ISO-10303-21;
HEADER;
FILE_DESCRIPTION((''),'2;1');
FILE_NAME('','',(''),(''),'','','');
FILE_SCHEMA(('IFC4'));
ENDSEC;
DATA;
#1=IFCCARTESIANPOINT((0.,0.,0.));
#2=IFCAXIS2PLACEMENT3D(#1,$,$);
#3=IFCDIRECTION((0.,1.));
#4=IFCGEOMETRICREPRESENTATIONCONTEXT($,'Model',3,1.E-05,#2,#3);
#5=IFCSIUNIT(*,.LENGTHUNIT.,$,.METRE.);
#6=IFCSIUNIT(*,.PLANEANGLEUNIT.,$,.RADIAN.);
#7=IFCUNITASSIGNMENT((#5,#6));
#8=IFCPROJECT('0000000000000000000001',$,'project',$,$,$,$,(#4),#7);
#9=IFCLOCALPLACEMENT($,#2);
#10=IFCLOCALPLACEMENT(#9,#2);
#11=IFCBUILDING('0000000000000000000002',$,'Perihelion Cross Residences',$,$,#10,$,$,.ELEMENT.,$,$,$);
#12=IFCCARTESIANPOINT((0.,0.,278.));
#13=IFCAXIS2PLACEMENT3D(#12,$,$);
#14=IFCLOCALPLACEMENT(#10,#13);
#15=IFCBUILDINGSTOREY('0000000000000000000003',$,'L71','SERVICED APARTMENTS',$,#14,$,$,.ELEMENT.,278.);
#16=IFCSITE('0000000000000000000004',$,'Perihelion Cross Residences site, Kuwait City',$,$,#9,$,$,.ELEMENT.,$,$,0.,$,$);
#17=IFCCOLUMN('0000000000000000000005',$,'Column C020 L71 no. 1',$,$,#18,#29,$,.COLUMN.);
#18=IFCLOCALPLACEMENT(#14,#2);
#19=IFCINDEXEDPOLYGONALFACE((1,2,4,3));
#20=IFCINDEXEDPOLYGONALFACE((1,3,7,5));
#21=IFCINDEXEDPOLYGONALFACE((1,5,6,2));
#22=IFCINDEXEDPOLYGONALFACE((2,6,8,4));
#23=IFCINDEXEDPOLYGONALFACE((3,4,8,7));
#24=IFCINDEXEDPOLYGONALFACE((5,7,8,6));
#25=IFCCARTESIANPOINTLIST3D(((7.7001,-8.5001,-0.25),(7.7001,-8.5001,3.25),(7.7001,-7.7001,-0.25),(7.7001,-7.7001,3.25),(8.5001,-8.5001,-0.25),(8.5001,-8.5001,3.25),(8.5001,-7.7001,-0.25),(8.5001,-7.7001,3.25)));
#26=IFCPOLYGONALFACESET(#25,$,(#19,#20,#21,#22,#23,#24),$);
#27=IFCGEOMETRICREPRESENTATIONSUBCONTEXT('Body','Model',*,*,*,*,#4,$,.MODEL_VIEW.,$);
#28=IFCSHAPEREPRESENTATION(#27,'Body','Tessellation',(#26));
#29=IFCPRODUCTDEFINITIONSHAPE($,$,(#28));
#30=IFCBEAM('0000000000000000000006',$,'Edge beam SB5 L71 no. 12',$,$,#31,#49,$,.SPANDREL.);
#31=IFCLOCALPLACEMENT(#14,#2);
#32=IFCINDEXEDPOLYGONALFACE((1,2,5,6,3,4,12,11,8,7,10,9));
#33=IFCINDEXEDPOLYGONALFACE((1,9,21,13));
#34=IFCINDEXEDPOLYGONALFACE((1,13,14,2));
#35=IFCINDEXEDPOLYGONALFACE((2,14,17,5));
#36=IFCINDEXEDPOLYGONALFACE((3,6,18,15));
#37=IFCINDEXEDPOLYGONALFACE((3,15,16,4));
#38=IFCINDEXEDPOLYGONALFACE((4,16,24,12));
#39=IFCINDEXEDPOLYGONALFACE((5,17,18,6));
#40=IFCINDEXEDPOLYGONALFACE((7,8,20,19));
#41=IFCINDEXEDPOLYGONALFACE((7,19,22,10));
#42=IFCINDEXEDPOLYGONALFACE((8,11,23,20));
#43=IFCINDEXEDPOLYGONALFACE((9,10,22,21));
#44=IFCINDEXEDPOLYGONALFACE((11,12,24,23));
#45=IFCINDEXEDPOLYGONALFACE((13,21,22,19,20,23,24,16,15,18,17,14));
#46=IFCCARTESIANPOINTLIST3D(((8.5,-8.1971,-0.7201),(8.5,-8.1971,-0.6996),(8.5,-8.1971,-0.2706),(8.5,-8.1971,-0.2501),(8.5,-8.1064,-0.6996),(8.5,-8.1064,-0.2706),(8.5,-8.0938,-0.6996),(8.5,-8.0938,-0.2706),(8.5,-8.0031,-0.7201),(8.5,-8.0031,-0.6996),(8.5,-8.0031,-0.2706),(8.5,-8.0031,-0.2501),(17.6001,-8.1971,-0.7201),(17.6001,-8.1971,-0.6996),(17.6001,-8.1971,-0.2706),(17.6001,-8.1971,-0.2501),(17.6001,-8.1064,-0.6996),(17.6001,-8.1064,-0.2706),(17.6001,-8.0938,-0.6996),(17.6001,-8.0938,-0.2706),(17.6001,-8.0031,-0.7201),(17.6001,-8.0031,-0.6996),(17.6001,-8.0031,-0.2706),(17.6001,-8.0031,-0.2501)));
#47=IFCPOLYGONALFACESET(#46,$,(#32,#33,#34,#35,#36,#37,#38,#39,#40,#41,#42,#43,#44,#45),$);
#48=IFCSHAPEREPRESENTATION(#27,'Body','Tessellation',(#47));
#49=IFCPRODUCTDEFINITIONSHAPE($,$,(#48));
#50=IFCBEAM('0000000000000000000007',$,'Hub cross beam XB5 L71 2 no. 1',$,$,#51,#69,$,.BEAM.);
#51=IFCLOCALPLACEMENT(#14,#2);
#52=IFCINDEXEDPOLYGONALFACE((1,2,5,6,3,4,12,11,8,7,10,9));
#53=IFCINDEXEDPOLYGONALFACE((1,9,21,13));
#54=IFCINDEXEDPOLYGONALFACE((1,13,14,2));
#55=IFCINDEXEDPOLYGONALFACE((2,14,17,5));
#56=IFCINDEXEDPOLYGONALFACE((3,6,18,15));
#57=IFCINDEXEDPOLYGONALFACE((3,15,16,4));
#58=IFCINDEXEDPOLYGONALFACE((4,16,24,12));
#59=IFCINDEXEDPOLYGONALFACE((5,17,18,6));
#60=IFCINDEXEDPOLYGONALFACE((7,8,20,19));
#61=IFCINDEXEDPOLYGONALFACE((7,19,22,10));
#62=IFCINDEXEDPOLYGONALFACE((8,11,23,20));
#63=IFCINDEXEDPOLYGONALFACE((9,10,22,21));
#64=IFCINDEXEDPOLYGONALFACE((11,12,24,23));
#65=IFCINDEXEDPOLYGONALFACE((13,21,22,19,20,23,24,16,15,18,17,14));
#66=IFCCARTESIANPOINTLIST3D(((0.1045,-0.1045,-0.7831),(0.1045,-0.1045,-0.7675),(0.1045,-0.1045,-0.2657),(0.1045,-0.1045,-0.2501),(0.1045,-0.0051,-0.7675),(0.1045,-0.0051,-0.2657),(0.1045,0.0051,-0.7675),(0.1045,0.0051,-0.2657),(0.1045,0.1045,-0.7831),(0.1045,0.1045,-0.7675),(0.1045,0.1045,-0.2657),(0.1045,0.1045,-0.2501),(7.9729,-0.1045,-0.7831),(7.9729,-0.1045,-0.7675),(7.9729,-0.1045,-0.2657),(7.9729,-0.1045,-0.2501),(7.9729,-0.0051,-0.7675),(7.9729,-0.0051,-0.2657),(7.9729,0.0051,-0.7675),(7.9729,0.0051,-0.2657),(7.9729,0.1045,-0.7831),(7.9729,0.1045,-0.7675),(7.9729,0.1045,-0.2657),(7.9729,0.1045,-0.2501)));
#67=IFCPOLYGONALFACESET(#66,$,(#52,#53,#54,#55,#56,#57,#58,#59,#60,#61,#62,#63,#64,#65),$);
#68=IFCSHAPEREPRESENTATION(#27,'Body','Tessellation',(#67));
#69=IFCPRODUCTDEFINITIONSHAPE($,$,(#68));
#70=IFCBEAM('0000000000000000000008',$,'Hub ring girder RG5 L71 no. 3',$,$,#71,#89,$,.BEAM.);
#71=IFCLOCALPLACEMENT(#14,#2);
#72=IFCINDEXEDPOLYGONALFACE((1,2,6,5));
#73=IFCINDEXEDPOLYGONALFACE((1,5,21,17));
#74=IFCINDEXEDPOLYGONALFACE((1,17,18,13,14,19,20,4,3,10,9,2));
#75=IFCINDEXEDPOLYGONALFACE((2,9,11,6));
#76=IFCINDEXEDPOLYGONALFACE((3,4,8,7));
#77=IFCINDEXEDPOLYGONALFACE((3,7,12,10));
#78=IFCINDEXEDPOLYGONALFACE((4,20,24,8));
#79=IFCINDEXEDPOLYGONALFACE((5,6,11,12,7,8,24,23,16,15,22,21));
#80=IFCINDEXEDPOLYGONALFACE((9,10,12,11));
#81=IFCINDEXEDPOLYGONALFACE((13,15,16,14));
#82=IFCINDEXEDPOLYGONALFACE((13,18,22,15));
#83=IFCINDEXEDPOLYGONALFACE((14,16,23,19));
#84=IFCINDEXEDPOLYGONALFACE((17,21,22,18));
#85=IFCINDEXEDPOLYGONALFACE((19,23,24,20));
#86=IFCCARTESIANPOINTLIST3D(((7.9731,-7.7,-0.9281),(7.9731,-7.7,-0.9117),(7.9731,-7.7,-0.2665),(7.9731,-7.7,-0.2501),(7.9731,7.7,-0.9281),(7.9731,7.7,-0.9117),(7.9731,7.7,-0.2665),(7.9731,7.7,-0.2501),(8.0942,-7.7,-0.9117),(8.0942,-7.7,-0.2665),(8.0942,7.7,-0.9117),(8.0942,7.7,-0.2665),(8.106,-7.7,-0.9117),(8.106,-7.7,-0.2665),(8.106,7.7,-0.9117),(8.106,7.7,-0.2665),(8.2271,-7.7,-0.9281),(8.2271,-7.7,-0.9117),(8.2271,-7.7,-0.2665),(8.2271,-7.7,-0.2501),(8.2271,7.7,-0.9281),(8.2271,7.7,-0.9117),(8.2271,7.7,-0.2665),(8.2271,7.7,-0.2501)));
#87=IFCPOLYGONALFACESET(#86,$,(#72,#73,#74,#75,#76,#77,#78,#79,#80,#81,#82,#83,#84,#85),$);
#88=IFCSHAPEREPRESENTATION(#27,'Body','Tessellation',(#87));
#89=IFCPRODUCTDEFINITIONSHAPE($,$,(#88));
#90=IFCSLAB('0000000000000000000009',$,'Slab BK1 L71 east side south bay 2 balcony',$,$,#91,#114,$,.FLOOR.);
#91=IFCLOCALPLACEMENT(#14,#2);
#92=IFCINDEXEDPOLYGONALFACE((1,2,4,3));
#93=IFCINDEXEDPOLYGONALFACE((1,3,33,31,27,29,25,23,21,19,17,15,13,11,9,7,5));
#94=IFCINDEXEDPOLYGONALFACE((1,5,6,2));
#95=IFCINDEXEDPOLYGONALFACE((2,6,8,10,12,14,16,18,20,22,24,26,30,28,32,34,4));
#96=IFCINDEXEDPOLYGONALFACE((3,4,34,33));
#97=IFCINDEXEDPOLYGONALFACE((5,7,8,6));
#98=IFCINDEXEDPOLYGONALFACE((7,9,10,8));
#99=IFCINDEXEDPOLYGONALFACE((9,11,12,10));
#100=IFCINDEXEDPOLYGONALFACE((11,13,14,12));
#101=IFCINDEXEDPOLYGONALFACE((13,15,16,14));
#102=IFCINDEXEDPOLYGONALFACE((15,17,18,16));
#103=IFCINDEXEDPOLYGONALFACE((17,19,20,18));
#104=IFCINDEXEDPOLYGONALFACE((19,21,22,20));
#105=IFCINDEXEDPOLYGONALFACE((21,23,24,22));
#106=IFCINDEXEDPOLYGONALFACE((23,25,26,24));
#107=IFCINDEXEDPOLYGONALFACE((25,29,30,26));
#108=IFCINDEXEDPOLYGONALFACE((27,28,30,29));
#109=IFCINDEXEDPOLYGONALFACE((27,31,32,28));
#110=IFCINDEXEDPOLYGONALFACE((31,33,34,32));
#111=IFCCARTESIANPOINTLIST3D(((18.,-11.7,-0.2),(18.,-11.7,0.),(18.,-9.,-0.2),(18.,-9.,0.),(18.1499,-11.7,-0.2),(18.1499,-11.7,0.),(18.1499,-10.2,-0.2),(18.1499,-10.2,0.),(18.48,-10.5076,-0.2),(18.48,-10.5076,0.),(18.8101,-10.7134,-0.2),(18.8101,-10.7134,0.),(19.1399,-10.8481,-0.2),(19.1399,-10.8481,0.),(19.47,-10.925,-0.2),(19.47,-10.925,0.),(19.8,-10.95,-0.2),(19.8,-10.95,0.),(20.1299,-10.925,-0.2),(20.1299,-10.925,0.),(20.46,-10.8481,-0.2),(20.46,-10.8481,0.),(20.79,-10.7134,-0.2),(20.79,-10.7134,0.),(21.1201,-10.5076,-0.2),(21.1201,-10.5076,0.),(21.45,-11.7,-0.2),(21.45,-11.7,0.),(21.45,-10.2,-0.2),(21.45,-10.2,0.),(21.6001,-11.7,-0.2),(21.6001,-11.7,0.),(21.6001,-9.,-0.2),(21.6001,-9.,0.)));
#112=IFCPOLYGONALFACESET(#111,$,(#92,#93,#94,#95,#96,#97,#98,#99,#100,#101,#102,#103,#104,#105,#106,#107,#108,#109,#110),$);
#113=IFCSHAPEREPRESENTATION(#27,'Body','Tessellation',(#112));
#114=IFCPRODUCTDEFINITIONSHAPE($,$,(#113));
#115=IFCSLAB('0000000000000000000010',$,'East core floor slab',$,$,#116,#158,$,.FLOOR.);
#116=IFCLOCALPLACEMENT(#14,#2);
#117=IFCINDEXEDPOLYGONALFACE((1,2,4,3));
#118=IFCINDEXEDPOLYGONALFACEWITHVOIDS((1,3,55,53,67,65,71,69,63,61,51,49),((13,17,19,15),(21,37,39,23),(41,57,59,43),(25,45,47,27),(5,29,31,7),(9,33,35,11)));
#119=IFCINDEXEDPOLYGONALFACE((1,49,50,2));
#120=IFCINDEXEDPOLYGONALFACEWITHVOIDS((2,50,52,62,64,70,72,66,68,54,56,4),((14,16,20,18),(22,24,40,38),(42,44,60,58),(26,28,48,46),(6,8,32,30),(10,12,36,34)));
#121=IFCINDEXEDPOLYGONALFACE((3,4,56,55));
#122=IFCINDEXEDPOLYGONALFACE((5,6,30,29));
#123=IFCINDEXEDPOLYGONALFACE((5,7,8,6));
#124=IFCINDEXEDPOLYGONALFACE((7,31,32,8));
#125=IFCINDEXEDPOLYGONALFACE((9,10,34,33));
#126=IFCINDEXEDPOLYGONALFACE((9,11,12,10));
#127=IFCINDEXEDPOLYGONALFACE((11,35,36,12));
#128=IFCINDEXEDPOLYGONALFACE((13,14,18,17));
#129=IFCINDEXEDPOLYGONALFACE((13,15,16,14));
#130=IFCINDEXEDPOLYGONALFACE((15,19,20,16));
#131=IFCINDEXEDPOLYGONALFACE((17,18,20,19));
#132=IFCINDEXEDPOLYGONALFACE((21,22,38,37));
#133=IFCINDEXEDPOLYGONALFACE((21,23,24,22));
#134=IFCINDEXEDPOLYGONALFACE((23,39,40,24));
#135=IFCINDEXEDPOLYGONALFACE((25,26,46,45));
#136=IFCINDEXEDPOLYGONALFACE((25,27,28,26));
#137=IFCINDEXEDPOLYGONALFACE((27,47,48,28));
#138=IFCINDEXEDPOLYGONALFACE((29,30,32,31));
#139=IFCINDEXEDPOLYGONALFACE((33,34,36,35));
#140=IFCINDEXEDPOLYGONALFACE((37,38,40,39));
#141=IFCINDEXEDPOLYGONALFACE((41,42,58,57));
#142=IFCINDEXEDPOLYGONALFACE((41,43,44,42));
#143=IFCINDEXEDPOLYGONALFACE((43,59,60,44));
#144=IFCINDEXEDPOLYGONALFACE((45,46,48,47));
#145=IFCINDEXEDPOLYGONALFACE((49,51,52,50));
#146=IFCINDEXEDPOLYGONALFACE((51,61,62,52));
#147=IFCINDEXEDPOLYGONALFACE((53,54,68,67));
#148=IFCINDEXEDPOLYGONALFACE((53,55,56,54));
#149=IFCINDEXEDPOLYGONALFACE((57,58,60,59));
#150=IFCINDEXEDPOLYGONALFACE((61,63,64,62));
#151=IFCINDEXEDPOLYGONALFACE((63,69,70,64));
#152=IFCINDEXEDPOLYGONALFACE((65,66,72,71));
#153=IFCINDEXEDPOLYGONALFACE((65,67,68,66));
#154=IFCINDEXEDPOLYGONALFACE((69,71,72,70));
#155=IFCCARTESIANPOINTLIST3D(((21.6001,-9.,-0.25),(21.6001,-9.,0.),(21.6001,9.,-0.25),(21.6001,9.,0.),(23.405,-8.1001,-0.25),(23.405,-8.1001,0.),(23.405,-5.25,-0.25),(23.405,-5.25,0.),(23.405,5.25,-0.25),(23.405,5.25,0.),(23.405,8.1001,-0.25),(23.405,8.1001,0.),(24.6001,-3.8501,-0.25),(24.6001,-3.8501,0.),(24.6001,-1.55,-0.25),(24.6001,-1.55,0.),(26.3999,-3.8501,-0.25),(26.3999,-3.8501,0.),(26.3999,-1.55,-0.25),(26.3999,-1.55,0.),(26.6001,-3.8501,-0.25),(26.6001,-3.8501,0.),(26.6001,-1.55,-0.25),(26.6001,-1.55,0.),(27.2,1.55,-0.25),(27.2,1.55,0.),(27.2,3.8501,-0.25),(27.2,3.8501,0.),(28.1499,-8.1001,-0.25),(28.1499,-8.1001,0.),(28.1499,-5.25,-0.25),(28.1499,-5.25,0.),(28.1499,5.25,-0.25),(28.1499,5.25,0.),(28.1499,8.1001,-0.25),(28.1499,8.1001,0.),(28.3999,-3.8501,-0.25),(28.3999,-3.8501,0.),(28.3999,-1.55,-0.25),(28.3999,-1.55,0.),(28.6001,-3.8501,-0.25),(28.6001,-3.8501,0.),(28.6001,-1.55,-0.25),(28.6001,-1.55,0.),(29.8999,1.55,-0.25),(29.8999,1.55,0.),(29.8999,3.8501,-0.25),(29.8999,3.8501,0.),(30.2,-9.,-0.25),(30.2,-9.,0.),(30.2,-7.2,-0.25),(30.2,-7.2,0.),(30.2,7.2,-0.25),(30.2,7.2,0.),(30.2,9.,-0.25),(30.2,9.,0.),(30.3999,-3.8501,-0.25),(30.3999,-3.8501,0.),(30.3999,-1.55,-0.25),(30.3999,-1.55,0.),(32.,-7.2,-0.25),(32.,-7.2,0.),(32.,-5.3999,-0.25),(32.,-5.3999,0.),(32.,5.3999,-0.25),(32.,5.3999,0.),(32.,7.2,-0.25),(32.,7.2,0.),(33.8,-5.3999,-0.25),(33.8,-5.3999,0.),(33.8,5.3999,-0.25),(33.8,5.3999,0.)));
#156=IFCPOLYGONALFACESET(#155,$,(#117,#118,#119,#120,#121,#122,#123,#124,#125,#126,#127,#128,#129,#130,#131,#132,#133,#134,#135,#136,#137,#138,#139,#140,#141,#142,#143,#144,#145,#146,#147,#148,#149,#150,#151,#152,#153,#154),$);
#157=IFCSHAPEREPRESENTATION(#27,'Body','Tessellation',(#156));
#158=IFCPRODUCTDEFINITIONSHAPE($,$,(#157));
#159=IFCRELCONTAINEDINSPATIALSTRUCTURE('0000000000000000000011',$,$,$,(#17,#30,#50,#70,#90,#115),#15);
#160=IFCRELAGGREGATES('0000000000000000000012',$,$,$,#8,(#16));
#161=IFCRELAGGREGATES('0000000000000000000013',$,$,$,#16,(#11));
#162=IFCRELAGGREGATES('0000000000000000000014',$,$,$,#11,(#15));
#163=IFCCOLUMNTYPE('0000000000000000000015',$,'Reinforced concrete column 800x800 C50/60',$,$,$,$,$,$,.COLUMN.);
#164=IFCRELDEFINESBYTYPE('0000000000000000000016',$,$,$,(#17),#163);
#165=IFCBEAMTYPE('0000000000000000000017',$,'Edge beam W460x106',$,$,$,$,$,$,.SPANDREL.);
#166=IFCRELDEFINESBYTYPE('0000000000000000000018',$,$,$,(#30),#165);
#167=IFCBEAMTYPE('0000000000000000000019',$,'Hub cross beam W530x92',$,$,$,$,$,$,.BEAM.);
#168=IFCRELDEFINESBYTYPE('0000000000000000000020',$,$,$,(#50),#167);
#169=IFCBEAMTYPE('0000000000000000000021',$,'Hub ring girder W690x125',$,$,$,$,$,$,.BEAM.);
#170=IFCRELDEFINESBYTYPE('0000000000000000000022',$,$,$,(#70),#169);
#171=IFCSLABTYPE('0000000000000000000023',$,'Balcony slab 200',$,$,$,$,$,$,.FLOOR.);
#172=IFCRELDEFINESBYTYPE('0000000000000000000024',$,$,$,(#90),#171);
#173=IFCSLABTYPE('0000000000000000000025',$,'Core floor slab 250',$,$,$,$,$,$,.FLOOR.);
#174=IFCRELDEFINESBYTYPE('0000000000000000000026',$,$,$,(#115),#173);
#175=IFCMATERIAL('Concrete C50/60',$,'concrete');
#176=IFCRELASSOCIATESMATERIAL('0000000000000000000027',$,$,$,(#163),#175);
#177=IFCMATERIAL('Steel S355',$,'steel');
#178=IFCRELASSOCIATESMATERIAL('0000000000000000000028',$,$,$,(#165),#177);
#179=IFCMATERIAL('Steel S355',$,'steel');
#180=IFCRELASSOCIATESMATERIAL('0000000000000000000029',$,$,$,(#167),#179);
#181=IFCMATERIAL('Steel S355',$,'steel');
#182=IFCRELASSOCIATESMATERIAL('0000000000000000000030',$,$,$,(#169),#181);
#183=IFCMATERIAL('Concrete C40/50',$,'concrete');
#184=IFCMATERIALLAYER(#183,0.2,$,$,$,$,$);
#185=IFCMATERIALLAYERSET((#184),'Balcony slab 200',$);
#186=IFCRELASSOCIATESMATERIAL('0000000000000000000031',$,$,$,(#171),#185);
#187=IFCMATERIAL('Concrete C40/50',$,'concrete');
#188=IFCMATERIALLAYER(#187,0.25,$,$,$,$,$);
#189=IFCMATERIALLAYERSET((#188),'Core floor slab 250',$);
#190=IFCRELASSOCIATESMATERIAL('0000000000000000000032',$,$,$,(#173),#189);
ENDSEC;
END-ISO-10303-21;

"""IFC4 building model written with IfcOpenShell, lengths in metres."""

from ifc_helpers import new_model, si_unit, direction, frame, origin, origin_2d, place, context, subcontext, project, spatial, polyline, rectangle, i_section, outline, extrude, material, layer, layer_set, material_profile, profile_set, type_object, element, save


model = new_model("IFC4")

# Units and contexts
model_context = context("Model", 3, precision=1e-05, world=origin(), true_north=direction((0.0, 1.0)))
body_context = subcontext(model_context, "Body", "Model", "MODEL_VIEW")
ifc_project = project(units=[si_unit("LENGTHUNIT", "METRE"), si_unit("PLANEANGLEUNIT", "RADIAN")], contexts=[model_context])

# Site, building, storey
site_placement = place(None, origin())
site = spatial("IfcSite", under=ifc_project, at=site_placement, Name="Perihelion Cross Residences site, Kuwait City", CompositionType="ELEMENT", RefElevation=0.0)
building_placement = place(site_placement, origin())
building = spatial("IfcBuilding", under=site, at=building_placement, Name="Perihelion Cross Residences", CompositionType="ELEMENT")
storey_placement = place(building_placement, frame((0.0, 0.0, 278.0)))
storey = spatial("IfcBuildingStorey", under=building, at=storey_placement, Name="L71", Description="SERVICED APARTMENTS", CompositionType="ELEMENT", Elevation=278.0)

# Column
ifc_material_1 = material(Name="Concrete C50/60", Category="concrete")
ifc_material_profile_1 = material_profile(ifc_material_1, rectangle(XDim=0.8, YDim=0.8, at=origin_2d()), Name="RC 800x800")
ifc_profile_set_1 = profile_set([ifc_material_profile_1], Name="Concrete C50/60")
column_type = type_object("IfcColumnType", Name="Reinforced concrete column 800x800 C50/60", PredefinedType="COLUMN", material=ifc_profile_set_1)
column_placement = place(storey_placement, frame((8.1001, -8.1001, -0.25), z_axis=(0.0, 0.0, 1.0), x_axis=(1.0, 0.0, 0.0)))
element("IfcColumn", 1, at=column_placement, inside=storey, type_object=column_type, Name="Column C020 L71 no. 1", PredefinedType="COLUMN", context=body_context, shape_type="SweptSolid", body=[
    extrude(rectangle(XDim=0.8, YDim=0.8, at=origin_2d()), origin(), (0.0, 0.0, 1.0), 3.5),
])

# Beams
ifc_material_2 = material(Name="Steel S355", Category="steel")
ifc_material_profile_2 = material_profile(ifc_material_2, i_section(OverallWidth=0.1941, OverallDepth=0.47, WebThickness=0.0127, FlangeThickness=0.0205, at=origin_2d()), Name="W460x106")
ifc_profile_set_2 = profile_set([ifc_material_profile_2], Name="Steel S355")
beam_type_1 = type_object("IfcBeamType", Name="Edge beam W460x106", PredefinedType="SPANDREL", material=ifc_profile_set_2)
beam_1_placement = place(storey_placement, frame((8.5, -8.1001, -0.4851), z_axis=(1.0, 0.0, 0.0), x_axis=(0.0, 1.0, 0.0)))
element("IfcBeam", 2, at=beam_1_placement, inside=storey, type_object=beam_type_1, Name="Edge beam SB5 L71 no. 12", PredefinedType="SPANDREL", context=body_context, shape_type="SweptSolid", body=[
    extrude(i_section(OverallWidth=0.1941, OverallDepth=0.47, WebThickness=0.0127, FlangeThickness=0.0205, at=origin_2d()), origin(), (0.0, 0.0, 1.0), 9.1001),
])
ifc_material_3 = material(Name="Steel S355", Category="steel")
ifc_material_profile_3 = material_profile(ifc_material_3, i_section(OverallWidth=0.209, OverallDepth=0.533, WebThickness=0.0103, FlangeThickness=0.0156, at=origin_2d()), Name="W530x92")
ifc_profile_set_3 = profile_set([ifc_material_profile_3], Name="Steel S355")
beam_type_2 = type_object("IfcBeamType", Name="Hub cross beam W530x92", PredefinedType="BEAM", material=ifc_profile_set_3)
beam_2_placement = place(storey_placement, frame((0.1045, 0.0, -0.5166), z_axis=(1.0, 0.0, 0.0), x_axis=(0.0, 1.0, 0.0)))
element("IfcBeam", 3, at=beam_2_placement, inside=storey, type_object=beam_type_2, Name="Hub cross beam XB5 L71 2 no. 1", PredefinedType="BEAM", context=body_context, shape_type="SweptSolid", body=[
    extrude(i_section(OverallWidth=0.209, OverallDepth=0.533, WebThickness=0.0103, FlangeThickness=0.0156, at=origin_2d()), origin(), (0.0, 0.0, 1.0), 7.8684),
])
ifc_material_4 = material(Name="Steel S355", Category="steel")
ifc_material_profile_4 = material_profile(ifc_material_4, i_section(OverallWidth=0.2539, OverallDepth=0.678, WebThickness=0.0117, FlangeThickness=0.0164, at=origin_2d()), Name="W690x125")
ifc_profile_set_4 = profile_set([ifc_material_profile_4], Name="Steel S355")
beam_type_3 = type_object("IfcBeamType", Name="Hub ring girder W690x125", PredefinedType="BEAM", material=ifc_profile_set_4)
beam_3_placement = place(storey_placement, frame((8.1001, -7.7, -0.5891), z_axis=(0.0, 1.0, 0.0), x_axis=(-1.0, 0.0, 0.0)))
element("IfcBeam", 4, at=beam_3_placement, inside=storey, type_object=beam_type_3, Name="Hub ring girder RG5 L71 no. 3", PredefinedType="BEAM", context=body_context, shape_type="SweptSolid", body=[
    extrude(i_section(OverallWidth=0.2539, OverallDepth=0.678, WebThickness=0.0117, FlangeThickness=0.0164, at=origin_2d()), origin(), (0.0, 0.0, 1.0), 15.3999),
])

# Slabs
ifc_material_5 = material(Name="Concrete C40/50", Category="concrete")
ifc_layer_1 = layer(ifc_material_5, 0.2)
ifc_layer_set_1 = layer_set([ifc_layer_1], Name="Balcony slab 200")
slab_type_1 = type_object("IfcSlabType", Name="Balcony slab 200", PredefinedType="FLOOR", material=ifc_layer_set_1)
slab_1_placement = place(storey_placement, frame((0.0, 0.0, -0.2)))
element("IfcSlab", 5, at=slab_1_placement, inside=storey, type_object=slab_type_1, Name="Slab BK1 L71 east side south bay 2 balcony", PredefinedType="FLOOR", context=body_context, shape_type="SweptSolid", body=[
    extrude(outline(polyline([(18.0, -9.0), (21.6001, -9.0), (21.6001, -11.7), (21.45, -11.7), (21.45, -10.2), (21.1201, -10.5076), (20.79, -10.7134), (20.46, -10.8481), (20.1299, -10.925), (19.8, -10.95), (19.47, -10.925), (19.1399, -10.8481), (18.8101, -10.7134), (18.48, -10.5076), (18.1499, -10.2), (18.1499, -11.7), (18.0, -11.7), (18.0, -9.0)])), origin(), (0.0, 0.0, 1.0), 0.2),
])
ifc_material_6 = material(Name="Concrete C40/50", Category="concrete")
ifc_layer_2 = layer(ifc_material_6, 0.25)
ifc_layer_set_2 = layer_set([ifc_layer_2], Name="Core floor slab 250")
slab_type_2 = type_object("IfcSlabType", Name="Core floor slab 250", PredefinedType="FLOOR", material=ifc_layer_set_2)
slab_2_placement = place(storey_placement, frame((0.0, 0.0, -0.25)))
element("IfcSlab", 6, at=slab_2_placement, inside=storey, type_object=slab_type_2, Name="East core floor slab", PredefinedType="FLOOR", context=body_context, shape_type="SweptSolid", body=[
    extrude(outline(polyline([(30.2, 7.2), (32.0, 7.2), (32.0, 5.3999), (33.8, 5.3999), (33.8, -5.3999), (32.0, -5.3999), (32.0, -7.2), (30.2, -7.2), (30.2, -9.0), (21.6001, -9.0), (21.6001, 9.0), (30.2, 9.0), (30.2, 7.2)]), holes=[polyline([(28.1499, -8.1001), (28.1499, -5.25), (23.405, -5.25), (23.405, -8.1001), (28.1499, -8.1001)]), polyline([(24.6001, -1.55), (24.6001, -3.8501), (26.3999, -3.8501), (26.3999, -1.55), (24.6001, -1.55)]), polyline([(26.6001, -1.55), (26.6001, -3.8501), (28.3999, -3.8501), (28.3999, -1.55), (26.6001, -1.55)]), polyline([(28.6001, -3.8501), (30.3999, -3.8501), (30.3999, -1.55), (28.6001, -1.55), (28.6001, -3.8501)]), polyline([(27.2, 3.8501), (27.2, 1.55), (29.8999, 1.55), (29.8999, 3.8501), (27.2, 3.8501)]), polyline([(23.405, 5.25), (28.1499, 5.25), (28.1499, 8.1001), (23.405, 8.1001), (23.405, 5.25)])]), origin(), (0.0, 0.0, 1.0), 0.25),
])

save(model, "model.ifc")
